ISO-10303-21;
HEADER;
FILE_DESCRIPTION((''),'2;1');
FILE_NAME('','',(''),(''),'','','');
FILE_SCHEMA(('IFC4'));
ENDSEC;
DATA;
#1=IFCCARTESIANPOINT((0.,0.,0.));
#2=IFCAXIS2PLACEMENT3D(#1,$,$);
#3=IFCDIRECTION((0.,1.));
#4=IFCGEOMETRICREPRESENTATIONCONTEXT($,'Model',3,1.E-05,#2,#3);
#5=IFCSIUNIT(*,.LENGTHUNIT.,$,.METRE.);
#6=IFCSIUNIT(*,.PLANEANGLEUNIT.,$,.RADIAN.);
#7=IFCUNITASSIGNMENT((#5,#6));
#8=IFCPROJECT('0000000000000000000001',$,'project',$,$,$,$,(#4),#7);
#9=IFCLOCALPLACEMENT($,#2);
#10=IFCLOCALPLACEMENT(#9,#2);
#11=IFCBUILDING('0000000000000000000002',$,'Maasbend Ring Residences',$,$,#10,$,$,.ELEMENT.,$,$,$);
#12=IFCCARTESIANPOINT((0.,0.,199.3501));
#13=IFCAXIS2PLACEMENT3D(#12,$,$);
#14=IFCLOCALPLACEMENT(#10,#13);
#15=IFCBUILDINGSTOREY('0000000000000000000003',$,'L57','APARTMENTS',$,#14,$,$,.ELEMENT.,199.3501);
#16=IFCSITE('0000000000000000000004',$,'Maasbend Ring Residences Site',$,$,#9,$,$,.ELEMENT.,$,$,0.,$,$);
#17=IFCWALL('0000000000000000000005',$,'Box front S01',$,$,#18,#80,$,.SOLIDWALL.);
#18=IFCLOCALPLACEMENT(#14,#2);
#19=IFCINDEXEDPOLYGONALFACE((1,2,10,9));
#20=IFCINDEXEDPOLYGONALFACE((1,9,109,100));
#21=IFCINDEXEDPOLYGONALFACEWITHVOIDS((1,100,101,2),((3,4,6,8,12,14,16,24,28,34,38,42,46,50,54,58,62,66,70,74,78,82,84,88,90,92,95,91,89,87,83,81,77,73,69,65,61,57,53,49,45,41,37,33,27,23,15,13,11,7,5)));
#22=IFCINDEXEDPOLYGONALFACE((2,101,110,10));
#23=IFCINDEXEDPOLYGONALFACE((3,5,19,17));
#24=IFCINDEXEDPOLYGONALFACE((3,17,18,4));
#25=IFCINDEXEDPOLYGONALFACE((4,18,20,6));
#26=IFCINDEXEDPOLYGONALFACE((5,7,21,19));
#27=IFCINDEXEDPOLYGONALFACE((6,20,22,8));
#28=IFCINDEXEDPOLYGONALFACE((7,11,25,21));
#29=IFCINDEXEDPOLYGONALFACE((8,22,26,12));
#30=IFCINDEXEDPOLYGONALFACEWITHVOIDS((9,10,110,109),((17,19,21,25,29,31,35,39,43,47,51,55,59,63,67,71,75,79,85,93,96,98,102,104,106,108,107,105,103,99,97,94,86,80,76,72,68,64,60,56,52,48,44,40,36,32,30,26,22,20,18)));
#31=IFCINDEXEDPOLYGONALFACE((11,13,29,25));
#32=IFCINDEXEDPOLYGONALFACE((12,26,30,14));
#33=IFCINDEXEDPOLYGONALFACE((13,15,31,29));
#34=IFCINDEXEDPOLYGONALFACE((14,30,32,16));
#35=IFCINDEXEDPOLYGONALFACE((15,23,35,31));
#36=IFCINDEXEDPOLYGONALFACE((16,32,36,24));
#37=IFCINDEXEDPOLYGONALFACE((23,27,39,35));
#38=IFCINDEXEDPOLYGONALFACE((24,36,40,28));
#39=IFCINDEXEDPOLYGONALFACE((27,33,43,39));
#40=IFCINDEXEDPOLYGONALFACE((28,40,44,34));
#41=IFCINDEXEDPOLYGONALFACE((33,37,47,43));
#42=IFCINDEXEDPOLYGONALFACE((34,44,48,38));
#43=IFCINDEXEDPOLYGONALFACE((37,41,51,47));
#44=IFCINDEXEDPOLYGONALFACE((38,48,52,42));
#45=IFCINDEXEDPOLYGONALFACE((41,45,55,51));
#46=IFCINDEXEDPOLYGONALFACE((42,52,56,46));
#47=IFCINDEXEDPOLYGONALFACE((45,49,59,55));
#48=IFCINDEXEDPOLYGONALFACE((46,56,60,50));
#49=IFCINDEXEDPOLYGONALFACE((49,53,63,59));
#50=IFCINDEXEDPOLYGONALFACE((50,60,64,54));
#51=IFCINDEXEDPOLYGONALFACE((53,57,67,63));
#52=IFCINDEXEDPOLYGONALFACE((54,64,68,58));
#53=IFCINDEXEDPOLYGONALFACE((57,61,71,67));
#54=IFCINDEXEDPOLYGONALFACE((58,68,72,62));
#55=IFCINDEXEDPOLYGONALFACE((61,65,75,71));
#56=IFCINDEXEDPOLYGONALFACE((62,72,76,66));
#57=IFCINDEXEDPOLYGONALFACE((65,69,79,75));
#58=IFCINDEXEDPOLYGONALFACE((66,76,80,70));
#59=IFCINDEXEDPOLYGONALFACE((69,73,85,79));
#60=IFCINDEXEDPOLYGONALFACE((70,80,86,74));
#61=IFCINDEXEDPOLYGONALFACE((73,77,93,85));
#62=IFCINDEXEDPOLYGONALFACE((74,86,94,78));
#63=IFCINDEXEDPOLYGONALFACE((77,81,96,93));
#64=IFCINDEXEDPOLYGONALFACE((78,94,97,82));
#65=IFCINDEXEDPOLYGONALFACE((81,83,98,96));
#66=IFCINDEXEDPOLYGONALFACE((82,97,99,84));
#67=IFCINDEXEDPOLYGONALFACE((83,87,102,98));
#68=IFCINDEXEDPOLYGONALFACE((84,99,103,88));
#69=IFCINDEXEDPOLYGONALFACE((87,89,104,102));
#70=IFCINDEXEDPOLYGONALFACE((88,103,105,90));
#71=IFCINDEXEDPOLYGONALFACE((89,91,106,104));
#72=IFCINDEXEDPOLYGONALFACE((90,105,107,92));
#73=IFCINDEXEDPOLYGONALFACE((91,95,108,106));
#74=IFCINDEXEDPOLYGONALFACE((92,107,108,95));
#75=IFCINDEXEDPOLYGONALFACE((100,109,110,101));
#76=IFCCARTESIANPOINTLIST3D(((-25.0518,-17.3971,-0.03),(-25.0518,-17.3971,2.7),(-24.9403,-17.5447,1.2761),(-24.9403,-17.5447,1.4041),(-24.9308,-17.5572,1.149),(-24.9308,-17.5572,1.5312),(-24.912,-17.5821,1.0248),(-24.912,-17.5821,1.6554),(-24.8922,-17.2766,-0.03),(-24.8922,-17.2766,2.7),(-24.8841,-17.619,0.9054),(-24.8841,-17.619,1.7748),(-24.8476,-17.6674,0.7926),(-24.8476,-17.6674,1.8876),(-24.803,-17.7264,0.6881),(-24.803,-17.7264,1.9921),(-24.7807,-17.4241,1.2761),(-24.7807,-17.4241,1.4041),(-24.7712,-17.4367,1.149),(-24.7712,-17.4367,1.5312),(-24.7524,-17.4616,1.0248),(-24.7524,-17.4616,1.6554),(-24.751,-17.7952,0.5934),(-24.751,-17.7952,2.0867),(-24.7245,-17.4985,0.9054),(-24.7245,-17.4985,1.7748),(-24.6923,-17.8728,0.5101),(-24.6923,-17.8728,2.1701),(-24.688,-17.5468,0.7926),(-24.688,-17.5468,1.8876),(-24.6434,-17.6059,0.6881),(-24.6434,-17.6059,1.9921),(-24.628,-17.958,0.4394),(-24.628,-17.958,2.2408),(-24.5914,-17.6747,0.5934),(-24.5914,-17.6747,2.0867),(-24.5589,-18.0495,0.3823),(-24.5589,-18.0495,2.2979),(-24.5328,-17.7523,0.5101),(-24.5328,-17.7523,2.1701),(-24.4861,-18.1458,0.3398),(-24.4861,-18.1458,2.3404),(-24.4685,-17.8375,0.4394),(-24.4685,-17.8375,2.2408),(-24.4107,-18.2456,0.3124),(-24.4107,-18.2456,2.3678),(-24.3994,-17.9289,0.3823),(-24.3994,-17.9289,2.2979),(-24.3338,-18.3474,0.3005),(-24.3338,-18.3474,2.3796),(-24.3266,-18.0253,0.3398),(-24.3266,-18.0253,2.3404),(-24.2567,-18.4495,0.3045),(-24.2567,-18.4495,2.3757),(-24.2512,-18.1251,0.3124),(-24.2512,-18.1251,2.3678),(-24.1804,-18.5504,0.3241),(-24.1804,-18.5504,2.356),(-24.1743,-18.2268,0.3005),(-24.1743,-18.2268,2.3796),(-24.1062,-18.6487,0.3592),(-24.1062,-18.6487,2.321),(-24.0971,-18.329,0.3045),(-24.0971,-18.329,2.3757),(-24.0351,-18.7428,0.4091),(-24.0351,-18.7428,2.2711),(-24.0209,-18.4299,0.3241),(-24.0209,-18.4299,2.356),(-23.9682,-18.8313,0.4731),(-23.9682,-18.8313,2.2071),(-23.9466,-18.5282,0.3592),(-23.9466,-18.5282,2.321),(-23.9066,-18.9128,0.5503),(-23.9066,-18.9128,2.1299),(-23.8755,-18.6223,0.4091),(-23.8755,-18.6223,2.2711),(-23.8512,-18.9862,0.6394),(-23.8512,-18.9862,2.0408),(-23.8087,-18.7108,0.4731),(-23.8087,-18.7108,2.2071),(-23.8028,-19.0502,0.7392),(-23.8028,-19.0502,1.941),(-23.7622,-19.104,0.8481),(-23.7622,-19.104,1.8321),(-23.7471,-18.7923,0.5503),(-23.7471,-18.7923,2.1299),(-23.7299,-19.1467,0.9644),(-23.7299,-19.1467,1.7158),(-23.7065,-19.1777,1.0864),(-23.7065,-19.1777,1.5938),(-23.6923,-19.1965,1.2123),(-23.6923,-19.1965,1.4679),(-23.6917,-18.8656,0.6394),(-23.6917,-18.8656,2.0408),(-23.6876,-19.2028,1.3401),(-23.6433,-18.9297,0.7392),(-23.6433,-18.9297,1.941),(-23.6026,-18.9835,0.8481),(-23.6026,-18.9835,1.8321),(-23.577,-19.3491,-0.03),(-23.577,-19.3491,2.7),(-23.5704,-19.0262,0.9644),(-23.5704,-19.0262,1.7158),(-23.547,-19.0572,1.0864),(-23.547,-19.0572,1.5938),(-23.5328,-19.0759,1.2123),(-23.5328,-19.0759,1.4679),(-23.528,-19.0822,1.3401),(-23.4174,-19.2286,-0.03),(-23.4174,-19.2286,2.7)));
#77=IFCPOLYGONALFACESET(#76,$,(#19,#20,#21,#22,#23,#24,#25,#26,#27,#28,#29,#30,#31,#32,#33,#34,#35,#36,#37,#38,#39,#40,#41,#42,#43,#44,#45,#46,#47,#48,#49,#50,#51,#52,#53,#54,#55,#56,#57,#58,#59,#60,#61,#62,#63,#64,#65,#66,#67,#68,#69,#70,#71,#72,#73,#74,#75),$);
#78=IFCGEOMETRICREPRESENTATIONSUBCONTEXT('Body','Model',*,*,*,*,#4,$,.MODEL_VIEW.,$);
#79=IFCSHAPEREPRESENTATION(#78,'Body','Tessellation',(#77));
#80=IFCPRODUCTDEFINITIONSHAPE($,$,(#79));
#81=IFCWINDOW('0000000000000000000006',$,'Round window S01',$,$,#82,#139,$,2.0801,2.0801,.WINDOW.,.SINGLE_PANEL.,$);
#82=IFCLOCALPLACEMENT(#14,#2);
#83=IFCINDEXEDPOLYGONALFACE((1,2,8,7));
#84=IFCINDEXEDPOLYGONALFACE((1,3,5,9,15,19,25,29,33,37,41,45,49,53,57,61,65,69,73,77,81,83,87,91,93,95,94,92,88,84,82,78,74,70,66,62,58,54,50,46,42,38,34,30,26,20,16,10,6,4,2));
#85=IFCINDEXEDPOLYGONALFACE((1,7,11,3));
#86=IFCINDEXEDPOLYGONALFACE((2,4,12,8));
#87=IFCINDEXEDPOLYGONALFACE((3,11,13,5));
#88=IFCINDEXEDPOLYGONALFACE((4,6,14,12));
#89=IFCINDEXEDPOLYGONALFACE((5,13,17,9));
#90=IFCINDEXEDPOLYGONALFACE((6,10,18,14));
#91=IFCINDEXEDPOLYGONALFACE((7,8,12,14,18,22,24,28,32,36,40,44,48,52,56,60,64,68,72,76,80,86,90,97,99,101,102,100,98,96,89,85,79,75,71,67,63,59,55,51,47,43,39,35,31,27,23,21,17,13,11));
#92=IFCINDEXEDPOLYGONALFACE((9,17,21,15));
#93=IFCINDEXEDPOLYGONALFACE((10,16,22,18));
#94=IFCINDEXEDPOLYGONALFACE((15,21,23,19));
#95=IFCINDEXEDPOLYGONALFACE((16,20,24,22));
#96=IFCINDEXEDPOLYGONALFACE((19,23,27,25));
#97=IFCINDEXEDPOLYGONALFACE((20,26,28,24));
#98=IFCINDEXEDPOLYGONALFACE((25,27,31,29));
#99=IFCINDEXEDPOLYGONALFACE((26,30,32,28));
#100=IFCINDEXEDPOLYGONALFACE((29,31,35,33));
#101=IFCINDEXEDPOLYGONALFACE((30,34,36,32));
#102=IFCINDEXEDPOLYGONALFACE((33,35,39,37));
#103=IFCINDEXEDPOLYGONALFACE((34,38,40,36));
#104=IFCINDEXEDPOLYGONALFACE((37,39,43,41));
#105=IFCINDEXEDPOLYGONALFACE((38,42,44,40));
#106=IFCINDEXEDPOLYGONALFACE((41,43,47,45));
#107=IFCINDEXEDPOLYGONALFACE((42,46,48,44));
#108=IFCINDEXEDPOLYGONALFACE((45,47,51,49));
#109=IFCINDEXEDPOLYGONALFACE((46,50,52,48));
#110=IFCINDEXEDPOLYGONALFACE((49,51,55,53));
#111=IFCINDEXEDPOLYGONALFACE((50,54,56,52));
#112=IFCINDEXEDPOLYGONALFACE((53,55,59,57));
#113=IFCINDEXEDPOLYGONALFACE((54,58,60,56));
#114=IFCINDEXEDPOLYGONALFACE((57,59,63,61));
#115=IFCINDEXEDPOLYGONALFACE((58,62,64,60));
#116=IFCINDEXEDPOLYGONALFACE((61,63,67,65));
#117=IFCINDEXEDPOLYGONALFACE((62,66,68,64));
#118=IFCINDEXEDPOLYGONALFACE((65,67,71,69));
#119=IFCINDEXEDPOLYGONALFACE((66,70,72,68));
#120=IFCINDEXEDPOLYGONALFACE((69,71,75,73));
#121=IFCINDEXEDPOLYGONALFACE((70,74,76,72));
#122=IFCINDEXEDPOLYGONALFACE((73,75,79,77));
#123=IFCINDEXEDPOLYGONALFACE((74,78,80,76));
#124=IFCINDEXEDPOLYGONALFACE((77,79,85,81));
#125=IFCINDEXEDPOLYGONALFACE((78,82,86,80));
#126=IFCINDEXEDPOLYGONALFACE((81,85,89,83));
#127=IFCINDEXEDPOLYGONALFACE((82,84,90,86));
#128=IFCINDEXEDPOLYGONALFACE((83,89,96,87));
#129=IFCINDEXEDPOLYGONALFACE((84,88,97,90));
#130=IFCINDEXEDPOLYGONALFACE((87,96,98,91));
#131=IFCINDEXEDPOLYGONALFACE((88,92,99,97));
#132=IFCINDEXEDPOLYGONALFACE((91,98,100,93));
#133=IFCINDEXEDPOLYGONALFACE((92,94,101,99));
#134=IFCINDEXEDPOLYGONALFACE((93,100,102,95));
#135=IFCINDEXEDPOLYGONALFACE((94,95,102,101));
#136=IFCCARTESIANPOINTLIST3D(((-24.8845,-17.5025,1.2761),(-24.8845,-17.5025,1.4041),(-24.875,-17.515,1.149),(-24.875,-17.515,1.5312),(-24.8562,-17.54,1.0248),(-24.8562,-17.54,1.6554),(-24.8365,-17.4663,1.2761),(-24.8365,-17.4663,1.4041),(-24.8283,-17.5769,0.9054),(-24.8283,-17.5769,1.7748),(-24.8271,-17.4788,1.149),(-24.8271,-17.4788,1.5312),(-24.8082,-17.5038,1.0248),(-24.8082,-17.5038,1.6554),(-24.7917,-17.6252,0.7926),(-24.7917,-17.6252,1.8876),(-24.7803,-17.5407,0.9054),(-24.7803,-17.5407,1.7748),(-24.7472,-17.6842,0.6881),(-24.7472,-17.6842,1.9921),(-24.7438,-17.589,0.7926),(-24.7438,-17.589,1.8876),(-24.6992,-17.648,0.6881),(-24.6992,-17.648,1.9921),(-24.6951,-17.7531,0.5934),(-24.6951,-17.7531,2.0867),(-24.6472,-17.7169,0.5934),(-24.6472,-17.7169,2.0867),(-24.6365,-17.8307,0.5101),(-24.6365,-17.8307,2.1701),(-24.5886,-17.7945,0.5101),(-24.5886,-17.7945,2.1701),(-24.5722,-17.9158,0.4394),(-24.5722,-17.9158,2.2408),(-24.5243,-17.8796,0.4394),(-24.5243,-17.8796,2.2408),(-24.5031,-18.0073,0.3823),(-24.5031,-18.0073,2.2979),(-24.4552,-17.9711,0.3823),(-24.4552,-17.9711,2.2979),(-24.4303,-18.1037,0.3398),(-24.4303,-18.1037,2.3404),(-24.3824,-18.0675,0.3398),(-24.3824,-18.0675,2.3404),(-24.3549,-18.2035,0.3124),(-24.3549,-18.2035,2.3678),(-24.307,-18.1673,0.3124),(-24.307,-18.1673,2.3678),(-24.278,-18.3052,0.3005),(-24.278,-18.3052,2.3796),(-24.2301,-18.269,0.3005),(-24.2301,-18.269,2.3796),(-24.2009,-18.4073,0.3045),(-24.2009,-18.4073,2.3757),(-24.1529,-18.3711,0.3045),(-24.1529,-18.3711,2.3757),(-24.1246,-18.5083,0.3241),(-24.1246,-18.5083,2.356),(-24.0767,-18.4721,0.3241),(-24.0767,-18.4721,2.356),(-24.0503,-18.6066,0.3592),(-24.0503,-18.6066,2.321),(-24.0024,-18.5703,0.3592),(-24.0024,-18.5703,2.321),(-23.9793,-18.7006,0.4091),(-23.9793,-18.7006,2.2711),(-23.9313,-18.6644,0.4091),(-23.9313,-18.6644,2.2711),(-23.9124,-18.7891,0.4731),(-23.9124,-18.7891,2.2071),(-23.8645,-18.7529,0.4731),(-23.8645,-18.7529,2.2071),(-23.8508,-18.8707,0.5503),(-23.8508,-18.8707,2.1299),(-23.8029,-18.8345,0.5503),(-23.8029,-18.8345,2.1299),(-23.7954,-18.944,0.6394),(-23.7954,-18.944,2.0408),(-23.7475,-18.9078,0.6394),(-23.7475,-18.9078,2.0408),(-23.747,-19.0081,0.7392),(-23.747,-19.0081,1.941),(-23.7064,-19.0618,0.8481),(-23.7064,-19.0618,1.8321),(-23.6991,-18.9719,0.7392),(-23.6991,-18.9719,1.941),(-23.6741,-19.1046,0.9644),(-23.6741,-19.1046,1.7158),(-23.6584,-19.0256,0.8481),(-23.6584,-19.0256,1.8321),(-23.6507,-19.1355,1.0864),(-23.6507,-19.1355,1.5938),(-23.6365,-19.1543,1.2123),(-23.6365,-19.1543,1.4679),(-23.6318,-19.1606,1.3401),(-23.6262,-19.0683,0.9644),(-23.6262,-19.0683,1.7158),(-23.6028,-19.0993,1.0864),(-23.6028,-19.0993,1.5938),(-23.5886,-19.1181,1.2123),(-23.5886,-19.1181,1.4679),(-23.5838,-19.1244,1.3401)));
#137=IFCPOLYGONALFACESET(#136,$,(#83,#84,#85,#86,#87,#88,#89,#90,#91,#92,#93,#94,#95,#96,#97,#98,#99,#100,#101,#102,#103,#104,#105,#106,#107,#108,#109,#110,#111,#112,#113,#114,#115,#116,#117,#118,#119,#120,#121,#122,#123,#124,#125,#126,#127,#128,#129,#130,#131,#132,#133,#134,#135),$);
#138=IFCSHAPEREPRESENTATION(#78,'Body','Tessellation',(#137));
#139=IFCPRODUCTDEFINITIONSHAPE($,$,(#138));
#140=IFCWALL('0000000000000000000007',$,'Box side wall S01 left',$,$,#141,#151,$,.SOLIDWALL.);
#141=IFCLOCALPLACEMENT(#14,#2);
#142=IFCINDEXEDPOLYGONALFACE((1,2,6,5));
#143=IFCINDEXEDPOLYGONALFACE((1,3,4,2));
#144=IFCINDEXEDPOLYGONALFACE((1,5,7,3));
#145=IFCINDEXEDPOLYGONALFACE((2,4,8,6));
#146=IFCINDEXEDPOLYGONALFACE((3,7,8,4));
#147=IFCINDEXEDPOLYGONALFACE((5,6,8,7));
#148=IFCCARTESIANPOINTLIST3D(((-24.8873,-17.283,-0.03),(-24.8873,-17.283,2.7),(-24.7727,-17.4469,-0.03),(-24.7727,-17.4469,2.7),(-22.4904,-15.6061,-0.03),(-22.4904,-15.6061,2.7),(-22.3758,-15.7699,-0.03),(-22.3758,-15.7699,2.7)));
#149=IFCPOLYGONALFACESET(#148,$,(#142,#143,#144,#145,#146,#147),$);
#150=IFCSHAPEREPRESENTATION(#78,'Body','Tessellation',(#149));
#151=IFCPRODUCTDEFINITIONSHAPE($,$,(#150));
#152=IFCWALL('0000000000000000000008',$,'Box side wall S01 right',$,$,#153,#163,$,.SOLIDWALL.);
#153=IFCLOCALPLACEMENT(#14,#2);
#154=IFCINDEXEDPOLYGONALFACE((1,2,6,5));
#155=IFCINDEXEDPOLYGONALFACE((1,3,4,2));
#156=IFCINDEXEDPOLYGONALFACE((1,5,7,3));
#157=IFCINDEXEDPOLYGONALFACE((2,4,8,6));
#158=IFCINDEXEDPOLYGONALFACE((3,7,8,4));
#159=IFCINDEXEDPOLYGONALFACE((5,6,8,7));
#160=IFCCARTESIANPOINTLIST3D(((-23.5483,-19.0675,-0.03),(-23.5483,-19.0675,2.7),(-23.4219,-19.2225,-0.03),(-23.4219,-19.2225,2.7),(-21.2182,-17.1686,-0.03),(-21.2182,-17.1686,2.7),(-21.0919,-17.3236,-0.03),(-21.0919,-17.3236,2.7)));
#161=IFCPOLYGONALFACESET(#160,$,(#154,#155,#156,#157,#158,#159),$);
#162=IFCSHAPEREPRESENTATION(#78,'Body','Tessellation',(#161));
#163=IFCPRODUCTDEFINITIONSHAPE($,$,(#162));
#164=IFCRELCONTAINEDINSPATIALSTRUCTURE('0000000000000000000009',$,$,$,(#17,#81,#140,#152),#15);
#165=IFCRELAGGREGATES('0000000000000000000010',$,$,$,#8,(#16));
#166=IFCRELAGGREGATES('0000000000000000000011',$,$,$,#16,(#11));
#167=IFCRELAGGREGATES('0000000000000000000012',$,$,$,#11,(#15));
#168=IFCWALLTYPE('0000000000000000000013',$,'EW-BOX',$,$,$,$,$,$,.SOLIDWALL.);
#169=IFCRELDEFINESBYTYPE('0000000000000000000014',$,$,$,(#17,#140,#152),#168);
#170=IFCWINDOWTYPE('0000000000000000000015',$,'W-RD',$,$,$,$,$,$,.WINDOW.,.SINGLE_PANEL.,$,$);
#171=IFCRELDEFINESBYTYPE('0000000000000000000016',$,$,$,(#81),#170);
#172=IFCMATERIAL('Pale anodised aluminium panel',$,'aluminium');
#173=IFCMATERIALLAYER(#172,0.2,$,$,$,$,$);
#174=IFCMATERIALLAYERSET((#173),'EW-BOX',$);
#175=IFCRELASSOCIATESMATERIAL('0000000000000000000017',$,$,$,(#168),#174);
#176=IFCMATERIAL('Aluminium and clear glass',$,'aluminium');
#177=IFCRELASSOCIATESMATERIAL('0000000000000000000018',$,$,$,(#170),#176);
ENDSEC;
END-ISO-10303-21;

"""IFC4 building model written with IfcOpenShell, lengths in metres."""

from ifc_helpers import new_model, si_unit, direction, frame, frame_2d, origin, place, context, subcontext, project, spatial, rectangle, circle, extrude, material, layer, layer_set, type_object, element, fill, save


model = new_model("IFC4")

# Units and contexts
model_context = context("Model", 3, precision=1e-05, world=origin(), true_north=direction((0.0, 1.0)))
body_context = subcontext(model_context, "Body", "Model", "MODEL_VIEW")
ifc_project = project(units=[si_unit("LENGTHUNIT", "METRE"), si_unit("PLANEANGLEUNIT", "RADIAN")], contexts=[model_context])

# Site, building, storey
site_placement = place(None, origin())
site = spatial("IfcSite", under=ifc_project, at=site_placement, Name="Maasbend Ring Residences Site", CompositionType="ELEMENT", RefElevation=0.0)
building_placement = place(site_placement, origin())
building = spatial("IfcBuilding", under=site, at=building_placement, Name="Maasbend Ring Residences", CompositionType="ELEMENT")
storey_placement = place(building_placement, frame((0.0, 0.0, 199.3501)))
storey = spatial("IfcBuildingStorey", under=building, at=storey_placement, Name="L57", Description="APARTMENTS", CompositionType="ELEMENT", Elevation=199.3501)

# Wall, opening, window
ifc_material_1 = material(Name="Pale anodised aluminium panel", Category="aluminium")
ifc_layer_1 = layer(ifc_material_1, 0.2)
ifc_layer_set_1 = layer_set([ifc_layer_1], Name="EW-BOX")
wall_type_1 = type_object("IfcWallType", Name="EW-BOX", PredefinedType="SOLIDWALL", material=ifc_layer_set_1)
wall_1_placement = place(storey_placement, frame((-24.9719, -17.3369, -0.03), z_axis=(0.0, 0.0, 1.0), x_axis=(0.602806, -0.797888, 0.0)))
wall_1 = element("IfcWall", 1, at=wall_1_placement, inside=storey, type_object=wall_type_1, Name="Box front S01", PredefinedType="SOLIDWALL", context=body_context, shape_type="SweptSolid", body=[
    extrude(rectangle(XDim=2.4465, YDim=0.2, at=frame_2d((1.2231, 0.0))), origin(), (0.0, 0.0, 1.0), 2.73),
])
opening_1_placement = place(wall_1_placement, frame((0.1829, 0.0, 0.3301)))
opening_1 = element("IfcOpeningElement", 2, at=opening_1_placement, cuts=wall_1, PredefinedType="OPENING", context=body_context, shape_type="SweptSolid", body=[
    extrude(circle(Radius=1.04, at=frame_2d((1.04, 1.04))), frame((0.0, 0.1099, 0.0), z_axis=(0.0, -1.0, 0.0), x_axis=(1.0, 0.0, 0.0)), (0.0, 0.0, 1.0), 0.22),
])
ifc_material_2 = material(Name="Aluminium and clear glass", Category="aluminium")
window_type_1 = type_object("IfcWindowType", Name="W-RD", PartitioningType="SINGLE_PANEL", PredefinedType="WINDOW", material=ifc_material_2)
window_1_placement = place(opening_1_placement, origin())
window_1 = element("IfcWindow", 3, at=window_1_placement, inside=storey, type_object=window_type_1, Name="Round window S01", OverallHeight=2.0801, OverallWidth=2.0801, PartitioningType="SINGLE_PANEL", PredefinedType="WINDOW", context=body_context, shape_type="SweptSolid", body=[
    extrude(circle(Radius=1.04, at=frame_2d((1.04, 1.04))), frame((0.0, 0.03, 0.0), z_axis=(0.0, -1.0, 0.0), x_axis=(1.0, 0.0, 0.0)), (0.0, 0.0, 1.0), 0.0601),
])
fill(opening_1, window_1)

# Walls
wall_2_placement = place(storey_placement, frame((-22.4331, -15.688, -0.03), z_axis=(0.0, 0.0, 1.0), x_axis=(-0.819373, -0.573261, 0.0)))
element("IfcWall", 4, at=wall_2_placement, inside=storey, type_object=wall_type_1, Name="Box side wall S01 left", PredefinedType="SOLIDWALL", context=body_context, shape_type="SweptSolid", body=[
    extrude(rectangle(XDim=2.9253, YDim=0.2, at=frame_2d((1.4626, 0.0))), origin(), (0.0, 0.0, 1.0), 2.73),
])
wall_3_placement = place(storey_placement, frame((-21.155, -17.2461, -0.03), z_axis=(0.0, 0.0, 1.0), x_axis=(-0.775179, -0.631742, 0.0)))
element("IfcWall", 5, at=wall_3_placement, inside=storey, type_object=wall_type_1, Name="Box side wall S01 right", PredefinedType="SOLIDWALL", context=body_context, shape_type="SweptSolid", body=[
    extrude(rectangle(XDim=3.0059, YDim=0.2, at=frame_2d((1.5029, 0.0))), origin(), (0.0, 0.0, 1.0), 2.73),
])

save(model, "model.ifc")
